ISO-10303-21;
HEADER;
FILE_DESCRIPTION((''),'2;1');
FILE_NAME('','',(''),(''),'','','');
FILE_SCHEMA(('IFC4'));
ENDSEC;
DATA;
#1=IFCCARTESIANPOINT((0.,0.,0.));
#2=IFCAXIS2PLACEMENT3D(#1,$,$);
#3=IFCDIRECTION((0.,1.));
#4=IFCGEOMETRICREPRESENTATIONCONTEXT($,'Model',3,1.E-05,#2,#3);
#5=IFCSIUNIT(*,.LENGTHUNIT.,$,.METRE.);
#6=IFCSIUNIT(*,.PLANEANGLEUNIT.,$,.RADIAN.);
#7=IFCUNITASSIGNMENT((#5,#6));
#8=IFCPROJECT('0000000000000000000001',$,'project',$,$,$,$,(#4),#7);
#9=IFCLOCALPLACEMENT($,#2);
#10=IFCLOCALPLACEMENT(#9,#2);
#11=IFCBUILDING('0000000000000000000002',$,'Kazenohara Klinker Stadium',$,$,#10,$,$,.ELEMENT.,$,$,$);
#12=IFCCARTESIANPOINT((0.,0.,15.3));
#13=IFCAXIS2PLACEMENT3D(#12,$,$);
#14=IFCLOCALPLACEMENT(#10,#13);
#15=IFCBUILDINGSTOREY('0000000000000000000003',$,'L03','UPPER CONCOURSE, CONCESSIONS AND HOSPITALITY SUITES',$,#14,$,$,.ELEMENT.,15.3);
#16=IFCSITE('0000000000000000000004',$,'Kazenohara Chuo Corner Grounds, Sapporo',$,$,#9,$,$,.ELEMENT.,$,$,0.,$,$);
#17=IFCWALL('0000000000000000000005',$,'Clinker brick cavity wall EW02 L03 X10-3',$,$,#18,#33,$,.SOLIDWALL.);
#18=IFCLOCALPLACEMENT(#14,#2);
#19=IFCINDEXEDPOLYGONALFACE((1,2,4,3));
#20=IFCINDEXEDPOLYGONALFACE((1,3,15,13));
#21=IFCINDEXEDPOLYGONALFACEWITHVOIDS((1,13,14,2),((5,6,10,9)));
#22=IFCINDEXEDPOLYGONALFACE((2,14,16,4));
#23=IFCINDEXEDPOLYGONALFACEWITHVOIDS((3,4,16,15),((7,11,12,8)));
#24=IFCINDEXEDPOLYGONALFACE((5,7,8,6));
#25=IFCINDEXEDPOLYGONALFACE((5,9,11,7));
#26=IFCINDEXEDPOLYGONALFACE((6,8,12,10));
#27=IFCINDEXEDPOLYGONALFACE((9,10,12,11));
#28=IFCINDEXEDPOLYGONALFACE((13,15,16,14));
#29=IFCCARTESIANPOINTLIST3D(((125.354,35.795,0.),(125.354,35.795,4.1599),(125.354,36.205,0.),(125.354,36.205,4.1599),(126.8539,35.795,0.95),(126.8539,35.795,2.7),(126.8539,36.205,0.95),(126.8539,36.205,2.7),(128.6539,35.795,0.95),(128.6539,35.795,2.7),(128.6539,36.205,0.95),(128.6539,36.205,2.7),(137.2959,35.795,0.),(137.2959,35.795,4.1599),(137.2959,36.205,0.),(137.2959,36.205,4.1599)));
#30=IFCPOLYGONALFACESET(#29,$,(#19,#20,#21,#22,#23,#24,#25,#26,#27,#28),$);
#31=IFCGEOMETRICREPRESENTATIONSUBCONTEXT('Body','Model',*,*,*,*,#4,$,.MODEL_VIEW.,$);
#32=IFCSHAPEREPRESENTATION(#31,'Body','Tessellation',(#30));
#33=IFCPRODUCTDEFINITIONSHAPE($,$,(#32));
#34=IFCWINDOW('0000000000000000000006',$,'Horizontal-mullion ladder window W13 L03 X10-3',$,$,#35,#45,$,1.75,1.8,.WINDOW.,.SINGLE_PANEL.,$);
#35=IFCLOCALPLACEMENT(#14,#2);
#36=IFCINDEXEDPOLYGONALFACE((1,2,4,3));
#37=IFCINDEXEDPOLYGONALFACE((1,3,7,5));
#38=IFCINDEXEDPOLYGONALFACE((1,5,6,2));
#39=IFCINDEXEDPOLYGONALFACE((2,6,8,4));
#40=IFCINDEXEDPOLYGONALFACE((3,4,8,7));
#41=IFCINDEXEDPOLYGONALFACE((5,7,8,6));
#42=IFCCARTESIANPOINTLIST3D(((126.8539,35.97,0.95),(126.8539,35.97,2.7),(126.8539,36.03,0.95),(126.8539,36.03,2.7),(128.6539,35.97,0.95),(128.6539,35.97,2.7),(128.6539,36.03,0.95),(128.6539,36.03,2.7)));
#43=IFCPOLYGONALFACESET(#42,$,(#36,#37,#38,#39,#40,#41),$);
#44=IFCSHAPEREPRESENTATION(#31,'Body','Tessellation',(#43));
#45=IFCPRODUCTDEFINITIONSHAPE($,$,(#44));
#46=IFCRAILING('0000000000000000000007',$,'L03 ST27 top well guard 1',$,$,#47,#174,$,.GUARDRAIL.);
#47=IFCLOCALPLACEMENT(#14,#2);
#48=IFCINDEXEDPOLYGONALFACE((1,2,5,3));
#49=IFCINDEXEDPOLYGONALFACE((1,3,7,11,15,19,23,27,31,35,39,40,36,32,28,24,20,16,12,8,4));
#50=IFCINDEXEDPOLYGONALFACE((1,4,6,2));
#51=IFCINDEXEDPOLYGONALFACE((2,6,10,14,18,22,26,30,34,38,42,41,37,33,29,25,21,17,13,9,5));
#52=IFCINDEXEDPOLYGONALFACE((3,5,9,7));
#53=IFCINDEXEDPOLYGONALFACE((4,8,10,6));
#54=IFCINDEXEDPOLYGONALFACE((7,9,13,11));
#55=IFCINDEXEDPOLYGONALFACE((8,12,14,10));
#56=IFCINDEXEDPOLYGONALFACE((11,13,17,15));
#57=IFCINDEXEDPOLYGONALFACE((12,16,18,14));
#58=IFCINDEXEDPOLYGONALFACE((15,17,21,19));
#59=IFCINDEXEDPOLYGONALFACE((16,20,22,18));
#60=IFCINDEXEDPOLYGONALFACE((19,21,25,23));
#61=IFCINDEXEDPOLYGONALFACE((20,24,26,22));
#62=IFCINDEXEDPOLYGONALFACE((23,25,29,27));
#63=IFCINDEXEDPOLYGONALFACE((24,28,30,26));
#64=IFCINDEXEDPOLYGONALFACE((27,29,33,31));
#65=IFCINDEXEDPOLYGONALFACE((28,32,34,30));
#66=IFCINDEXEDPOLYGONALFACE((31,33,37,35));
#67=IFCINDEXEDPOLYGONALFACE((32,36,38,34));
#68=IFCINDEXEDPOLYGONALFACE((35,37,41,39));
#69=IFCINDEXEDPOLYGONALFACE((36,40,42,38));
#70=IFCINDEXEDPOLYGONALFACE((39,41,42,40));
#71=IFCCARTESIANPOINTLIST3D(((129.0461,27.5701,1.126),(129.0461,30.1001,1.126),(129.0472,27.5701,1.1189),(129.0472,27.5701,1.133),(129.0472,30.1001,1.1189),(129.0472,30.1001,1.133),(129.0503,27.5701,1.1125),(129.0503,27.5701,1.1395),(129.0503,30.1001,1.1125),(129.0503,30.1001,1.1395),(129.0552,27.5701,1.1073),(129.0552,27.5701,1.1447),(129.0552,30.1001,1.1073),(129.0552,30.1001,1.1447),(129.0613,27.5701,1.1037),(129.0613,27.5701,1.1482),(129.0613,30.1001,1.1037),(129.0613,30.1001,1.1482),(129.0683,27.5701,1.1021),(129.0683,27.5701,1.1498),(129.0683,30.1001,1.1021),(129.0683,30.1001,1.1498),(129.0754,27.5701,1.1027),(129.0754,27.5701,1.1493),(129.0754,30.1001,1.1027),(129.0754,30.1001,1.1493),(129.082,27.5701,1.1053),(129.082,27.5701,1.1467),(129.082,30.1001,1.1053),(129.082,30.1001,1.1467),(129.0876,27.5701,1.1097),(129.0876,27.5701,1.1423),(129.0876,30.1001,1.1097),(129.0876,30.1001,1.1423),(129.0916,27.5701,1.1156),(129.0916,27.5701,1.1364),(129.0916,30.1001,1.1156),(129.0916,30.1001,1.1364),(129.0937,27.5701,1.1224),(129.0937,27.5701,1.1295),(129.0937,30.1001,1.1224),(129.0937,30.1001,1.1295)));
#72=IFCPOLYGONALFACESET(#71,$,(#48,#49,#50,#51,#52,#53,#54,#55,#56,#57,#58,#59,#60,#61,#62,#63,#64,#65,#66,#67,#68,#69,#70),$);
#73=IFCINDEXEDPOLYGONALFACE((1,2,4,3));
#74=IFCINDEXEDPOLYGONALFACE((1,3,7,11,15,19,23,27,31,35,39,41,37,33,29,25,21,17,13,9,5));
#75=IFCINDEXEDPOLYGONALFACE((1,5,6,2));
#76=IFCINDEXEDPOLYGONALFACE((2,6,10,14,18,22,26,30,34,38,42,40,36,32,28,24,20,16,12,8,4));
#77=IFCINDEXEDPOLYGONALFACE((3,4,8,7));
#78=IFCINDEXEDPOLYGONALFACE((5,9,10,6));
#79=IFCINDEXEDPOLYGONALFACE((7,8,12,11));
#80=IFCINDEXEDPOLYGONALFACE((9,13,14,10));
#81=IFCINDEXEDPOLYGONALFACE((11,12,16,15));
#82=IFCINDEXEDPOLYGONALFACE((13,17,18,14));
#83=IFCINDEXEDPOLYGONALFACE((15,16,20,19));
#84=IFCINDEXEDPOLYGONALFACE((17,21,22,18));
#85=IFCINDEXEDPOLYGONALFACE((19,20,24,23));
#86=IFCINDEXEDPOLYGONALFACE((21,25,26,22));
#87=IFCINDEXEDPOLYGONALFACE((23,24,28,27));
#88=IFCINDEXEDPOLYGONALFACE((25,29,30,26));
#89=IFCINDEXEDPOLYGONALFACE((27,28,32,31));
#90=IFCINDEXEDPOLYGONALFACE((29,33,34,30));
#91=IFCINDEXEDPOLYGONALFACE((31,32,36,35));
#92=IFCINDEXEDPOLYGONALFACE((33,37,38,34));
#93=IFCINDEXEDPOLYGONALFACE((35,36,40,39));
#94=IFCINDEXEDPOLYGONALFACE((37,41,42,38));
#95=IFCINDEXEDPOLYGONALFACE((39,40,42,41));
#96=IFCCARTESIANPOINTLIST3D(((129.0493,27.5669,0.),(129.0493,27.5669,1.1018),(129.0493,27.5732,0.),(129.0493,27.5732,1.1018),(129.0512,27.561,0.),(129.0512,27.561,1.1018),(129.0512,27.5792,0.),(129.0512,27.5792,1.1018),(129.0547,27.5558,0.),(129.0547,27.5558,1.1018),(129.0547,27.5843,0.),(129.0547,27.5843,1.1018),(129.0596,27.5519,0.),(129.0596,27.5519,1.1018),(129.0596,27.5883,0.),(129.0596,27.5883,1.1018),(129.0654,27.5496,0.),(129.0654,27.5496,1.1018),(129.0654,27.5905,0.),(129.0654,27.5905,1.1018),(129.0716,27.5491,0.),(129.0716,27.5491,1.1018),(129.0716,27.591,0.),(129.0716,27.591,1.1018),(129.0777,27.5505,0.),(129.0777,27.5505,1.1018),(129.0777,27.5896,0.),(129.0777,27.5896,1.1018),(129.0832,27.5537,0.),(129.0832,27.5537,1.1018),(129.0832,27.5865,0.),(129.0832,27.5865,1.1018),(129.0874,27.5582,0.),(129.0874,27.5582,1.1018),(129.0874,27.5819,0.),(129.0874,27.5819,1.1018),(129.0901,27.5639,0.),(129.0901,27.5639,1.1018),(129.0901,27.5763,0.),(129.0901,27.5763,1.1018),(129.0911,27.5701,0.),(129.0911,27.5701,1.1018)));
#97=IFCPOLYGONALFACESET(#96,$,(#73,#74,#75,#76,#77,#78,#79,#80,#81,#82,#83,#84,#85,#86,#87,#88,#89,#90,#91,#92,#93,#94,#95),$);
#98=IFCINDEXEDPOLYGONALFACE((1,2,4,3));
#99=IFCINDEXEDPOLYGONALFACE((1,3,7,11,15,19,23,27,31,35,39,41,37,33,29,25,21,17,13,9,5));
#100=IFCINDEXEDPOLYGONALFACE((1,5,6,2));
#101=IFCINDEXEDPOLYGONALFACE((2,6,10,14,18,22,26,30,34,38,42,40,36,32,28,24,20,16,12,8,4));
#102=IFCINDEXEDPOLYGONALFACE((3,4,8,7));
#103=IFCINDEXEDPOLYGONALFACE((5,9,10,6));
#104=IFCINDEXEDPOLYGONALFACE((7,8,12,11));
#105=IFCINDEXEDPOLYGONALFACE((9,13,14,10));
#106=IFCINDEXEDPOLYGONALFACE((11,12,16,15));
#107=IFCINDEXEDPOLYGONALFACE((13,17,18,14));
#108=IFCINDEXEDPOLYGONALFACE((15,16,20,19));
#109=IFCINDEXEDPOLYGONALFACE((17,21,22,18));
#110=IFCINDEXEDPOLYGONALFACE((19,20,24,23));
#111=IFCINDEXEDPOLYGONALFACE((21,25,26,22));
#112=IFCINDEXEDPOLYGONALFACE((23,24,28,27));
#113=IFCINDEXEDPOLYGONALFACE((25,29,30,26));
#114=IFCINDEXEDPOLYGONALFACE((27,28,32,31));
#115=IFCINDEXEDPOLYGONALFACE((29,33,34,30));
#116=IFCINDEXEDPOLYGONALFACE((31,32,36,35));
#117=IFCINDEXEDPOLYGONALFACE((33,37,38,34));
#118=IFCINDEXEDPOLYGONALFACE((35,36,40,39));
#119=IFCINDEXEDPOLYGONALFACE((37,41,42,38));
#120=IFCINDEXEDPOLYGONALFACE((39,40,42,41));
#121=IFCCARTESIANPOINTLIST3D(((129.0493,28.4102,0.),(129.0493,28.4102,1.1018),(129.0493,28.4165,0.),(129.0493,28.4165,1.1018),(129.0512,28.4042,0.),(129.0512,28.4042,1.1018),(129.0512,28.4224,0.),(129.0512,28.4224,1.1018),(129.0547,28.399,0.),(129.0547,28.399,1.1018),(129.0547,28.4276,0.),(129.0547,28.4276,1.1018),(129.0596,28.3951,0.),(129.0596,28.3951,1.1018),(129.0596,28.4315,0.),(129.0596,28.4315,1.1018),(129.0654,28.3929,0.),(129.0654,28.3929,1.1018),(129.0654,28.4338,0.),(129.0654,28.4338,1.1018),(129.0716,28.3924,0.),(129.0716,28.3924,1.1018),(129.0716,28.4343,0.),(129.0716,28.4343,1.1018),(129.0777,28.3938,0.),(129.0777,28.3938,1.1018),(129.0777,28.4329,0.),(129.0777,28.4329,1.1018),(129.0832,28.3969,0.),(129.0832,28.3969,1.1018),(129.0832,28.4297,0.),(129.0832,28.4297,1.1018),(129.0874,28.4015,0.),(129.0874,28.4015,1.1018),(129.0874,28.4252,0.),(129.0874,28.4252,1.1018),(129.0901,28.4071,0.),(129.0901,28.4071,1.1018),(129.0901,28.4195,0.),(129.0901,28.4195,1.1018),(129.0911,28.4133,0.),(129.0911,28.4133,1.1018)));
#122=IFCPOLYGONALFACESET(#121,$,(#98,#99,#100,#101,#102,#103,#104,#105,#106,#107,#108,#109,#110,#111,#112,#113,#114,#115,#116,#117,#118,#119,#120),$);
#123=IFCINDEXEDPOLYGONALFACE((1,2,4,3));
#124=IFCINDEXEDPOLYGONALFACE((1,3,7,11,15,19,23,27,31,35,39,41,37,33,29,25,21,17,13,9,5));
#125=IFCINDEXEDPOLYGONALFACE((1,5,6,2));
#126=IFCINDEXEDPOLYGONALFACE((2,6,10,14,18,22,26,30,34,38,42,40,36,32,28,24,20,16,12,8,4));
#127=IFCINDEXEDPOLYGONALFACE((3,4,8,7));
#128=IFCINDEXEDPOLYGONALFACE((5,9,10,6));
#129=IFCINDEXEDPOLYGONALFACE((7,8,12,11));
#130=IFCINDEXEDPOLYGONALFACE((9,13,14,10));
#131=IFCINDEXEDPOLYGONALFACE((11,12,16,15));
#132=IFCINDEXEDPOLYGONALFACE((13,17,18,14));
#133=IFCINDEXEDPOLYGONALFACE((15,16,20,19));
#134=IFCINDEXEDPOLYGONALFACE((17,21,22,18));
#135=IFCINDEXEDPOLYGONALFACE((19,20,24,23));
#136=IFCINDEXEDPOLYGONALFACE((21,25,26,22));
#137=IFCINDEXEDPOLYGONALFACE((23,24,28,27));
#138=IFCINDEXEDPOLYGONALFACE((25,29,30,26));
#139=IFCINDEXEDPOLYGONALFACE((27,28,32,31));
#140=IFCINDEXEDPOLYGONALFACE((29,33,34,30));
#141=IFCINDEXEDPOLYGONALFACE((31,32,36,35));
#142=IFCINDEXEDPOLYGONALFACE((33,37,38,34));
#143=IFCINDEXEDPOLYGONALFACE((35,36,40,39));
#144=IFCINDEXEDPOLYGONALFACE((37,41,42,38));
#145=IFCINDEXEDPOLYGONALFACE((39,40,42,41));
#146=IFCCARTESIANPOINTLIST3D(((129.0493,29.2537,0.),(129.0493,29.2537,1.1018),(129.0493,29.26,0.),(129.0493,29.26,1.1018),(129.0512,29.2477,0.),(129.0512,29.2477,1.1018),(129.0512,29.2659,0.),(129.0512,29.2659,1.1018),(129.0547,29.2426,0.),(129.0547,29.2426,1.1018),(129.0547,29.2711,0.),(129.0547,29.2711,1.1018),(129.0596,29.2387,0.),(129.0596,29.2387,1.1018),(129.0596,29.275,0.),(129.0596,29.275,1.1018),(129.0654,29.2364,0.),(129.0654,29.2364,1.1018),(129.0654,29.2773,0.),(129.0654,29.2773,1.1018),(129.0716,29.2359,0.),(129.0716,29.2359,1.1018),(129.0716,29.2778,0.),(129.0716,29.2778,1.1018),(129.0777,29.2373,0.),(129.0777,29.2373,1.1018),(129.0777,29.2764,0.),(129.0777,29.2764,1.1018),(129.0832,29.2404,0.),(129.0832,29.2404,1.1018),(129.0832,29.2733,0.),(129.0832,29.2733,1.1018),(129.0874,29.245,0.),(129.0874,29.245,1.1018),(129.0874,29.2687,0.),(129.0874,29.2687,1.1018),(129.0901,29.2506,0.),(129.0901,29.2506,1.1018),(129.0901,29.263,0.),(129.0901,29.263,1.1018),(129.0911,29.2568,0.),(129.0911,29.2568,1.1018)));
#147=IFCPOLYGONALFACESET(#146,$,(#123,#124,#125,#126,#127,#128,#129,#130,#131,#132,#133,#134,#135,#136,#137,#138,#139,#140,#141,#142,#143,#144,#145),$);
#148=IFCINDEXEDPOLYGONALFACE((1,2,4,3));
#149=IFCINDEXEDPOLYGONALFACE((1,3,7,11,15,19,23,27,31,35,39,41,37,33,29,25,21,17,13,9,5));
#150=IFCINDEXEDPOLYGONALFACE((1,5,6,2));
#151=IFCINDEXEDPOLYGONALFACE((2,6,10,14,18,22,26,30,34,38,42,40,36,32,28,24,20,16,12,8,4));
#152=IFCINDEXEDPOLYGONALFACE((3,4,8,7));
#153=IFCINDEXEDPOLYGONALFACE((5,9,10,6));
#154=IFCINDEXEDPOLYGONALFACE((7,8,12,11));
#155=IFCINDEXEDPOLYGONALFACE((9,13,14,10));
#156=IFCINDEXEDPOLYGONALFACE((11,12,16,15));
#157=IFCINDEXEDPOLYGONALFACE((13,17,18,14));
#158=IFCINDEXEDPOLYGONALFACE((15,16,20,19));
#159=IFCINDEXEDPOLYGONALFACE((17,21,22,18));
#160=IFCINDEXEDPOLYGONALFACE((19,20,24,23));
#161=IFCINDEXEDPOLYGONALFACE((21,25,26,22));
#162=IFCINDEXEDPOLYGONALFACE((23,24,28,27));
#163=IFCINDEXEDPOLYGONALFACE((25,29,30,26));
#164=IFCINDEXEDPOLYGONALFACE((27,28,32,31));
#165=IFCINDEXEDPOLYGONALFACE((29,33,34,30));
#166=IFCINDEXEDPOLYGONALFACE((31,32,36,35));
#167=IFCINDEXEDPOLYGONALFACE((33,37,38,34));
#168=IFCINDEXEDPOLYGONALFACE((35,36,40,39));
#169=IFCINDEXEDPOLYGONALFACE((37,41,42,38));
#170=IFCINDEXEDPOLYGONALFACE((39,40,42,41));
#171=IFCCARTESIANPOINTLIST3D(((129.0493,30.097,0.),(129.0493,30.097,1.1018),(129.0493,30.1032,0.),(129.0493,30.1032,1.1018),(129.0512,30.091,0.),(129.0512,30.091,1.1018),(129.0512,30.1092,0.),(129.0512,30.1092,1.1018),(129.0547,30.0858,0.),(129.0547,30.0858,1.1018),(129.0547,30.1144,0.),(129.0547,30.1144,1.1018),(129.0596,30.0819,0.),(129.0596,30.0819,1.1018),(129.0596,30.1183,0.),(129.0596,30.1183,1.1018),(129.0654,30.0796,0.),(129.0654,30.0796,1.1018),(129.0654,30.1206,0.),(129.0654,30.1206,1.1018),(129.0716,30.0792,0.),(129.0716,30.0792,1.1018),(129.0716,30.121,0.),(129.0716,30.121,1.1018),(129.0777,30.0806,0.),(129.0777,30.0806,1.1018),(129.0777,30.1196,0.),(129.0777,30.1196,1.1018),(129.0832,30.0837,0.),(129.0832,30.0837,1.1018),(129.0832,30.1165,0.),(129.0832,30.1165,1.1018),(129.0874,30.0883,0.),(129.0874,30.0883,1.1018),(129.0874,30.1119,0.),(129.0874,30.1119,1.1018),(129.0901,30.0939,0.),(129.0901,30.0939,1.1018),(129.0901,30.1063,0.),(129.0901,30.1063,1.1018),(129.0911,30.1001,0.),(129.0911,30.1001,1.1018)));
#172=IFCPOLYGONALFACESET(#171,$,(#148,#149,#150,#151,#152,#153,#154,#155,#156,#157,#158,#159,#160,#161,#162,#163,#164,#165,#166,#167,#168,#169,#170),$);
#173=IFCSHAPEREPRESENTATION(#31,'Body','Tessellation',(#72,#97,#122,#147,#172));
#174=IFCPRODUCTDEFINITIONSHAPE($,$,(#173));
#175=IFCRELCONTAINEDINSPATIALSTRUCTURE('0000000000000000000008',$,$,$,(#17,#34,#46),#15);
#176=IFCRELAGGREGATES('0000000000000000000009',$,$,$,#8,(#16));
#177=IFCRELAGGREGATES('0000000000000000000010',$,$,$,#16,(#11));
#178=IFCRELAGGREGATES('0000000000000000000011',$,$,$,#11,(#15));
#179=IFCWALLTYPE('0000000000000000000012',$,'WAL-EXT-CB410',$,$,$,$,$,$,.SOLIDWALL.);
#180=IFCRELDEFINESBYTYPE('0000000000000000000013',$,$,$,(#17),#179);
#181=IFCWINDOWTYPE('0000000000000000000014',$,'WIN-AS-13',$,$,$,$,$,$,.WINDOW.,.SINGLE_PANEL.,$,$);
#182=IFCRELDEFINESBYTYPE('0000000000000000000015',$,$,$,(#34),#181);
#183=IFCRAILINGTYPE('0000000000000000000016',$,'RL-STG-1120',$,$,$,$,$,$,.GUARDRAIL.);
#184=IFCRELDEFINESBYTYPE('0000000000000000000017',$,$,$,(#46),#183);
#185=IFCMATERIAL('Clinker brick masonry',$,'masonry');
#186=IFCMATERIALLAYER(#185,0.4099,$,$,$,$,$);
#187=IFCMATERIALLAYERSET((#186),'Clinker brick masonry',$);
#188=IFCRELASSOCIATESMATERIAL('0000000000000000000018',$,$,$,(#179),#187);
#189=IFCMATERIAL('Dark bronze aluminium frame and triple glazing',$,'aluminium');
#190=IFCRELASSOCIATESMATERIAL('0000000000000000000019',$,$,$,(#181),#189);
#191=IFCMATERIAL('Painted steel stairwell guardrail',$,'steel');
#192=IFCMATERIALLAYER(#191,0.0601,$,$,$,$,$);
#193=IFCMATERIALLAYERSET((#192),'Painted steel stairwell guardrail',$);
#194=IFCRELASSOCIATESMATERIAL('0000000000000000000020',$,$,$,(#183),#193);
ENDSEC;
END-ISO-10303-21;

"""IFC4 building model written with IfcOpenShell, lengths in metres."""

from ifc_helpers import new_model, si_unit, direction, frame, frame_2d, origin, origin_2d, place, context, subcontext, project, spatial, rectangle, circle, extrude, material, layer, layer_set, type_object, element, fill, save


model = new_model("IFC4")

# Units and contexts
model_context = context("Model", 3, precision=1e-05, world=origin(), true_north=direction((0.0, 1.0)))
body_context = subcontext(model_context, "Body", "Model", "MODEL_VIEW")
ifc_project = project(units=[si_unit("LENGTHUNIT", "METRE"), si_unit("PLANEANGLEUNIT", "RADIAN")], contexts=[model_context])

# Site, building, storey
site_placement = place(None, origin())
site = spatial("IfcSite", under=ifc_project, at=site_placement, Name="Kazenohara Chuo Corner Grounds, Sapporo", CompositionType="ELEMENT", RefElevation=0.0)
building_placement = place(site_placement, origin())
building = spatial("IfcBuilding", under=site, at=building_placement, Name="Kazenohara Klinker Stadium", CompositionType="ELEMENT")
storey_placement = place(building_placement, frame((0.0, 0.0, 15.3)))
storey = spatial("IfcBuildingStorey", under=building, at=storey_placement, Name="L03", Description="UPPER CONCOURSE, CONCESSIONS AND HOSPITALITY SUITES", CompositionType="ELEMENT", Elevation=15.3)

# Wall, opening, window
ifc_material_1 = material(Name="Clinker brick masonry", Category="masonry")
ifc_layer_1 = layer(ifc_material_1, 0.4099)
ifc_layer_set_1 = layer_set([ifc_layer_1], Name="Clinker brick masonry")
wall_type_1 = type_object("IfcWallType", Name="WAL-EXT-CB410", PredefinedType="SOLIDWALL", material=ifc_layer_set_1)
wall_1_placement = place(storey_placement, frame((125.354, 36.0, 0.0), z_axis=(0.0, 0.0, 1.0), x_axis=(1.0, 0.0, 0.0)))
wall_1 = element("IfcWall", 1, at=wall_1_placement, inside=storey, type_object=wall_type_1, Name="Clinker brick cavity wall EW02 L03 X10-3", PredefinedType="SOLIDWALL", context=body_context, shape_type="SweptSolid", body=[
    extrude(rectangle(XDim=11.9419, YDim=0.4099, at=frame_2d((5.9709, 0.0))), origin(), (0.0, 0.0, 1.0), 4.1599),
])
opening_1_placement = place(wall_1_placement, frame((1.5, 0.0, 0.95)))
opening_1 = element("IfcOpeningElement", 2, at=opening_1_placement, cuts=wall_1, PredefinedType="OPENING", context=body_context, shape_type="SweptSolid", body=[
    extrude(rectangle(XDim=1.8, YDim=1.75, at=frame_2d((0.8999, 0.875))), frame((0.0, 0.2148, 0.0), z_axis=(0.0, -1.0, 0.0), x_axis=(1.0, 0.0, 0.0)), (0.0, 0.0, 1.0), 0.4299),
])
ifc_material_2 = material(Name="Dark bronze aluminium frame and triple glazing", Category="aluminium")
window_type = type_object("IfcWindowType", Name="WIN-AS-13", PartitioningType="SINGLE_PANEL", PredefinedType="WINDOW", material=ifc_material_2)
window_placement = place(opening_1_placement, origin())
window = element("IfcWindow", 3, at=window_placement, inside=storey, type_object=window_type, Name="Horizontal-mullion ladder window W13 L03 X10-3", OverallHeight=1.75, OverallWidth=1.8, PartitioningType="SINGLE_PANEL", PredefinedType="WINDOW", context=body_context, shape_type="SweptSolid", body=[
    extrude(rectangle(XDim=1.8, YDim=1.75, at=frame_2d((0.8999, 0.875))), frame((0.0, 0.03, 0.0), z_axis=(0.0, -1.0, 0.0), x_axis=(1.0, 0.0, 0.0)), (0.0, 0.0, 1.0), 0.0601),
])
fill(opening_1, window)

# Railing
ifc_material_3 = material(Name="Painted steel stairwell guardrail", Category="steel")
ifc_layer_2 = layer(ifc_material_3, 0.0601)
ifc_layer_set_2 = layer_set([ifc_layer_2], Name="Painted steel stairwell guardrail")
railing_type = type_object("IfcRailingType", Name="RL-STG-1120", PredefinedType="GUARDRAIL", material=ifc_layer_set_2)
railing_placement = place(storey_placement, frame((129.0701, 27.5701, 0.0)))
element("IfcRailing", 4, at=railing_placement, inside=storey, type_object=railing_type, Name="L03 ST27 top well guard 1", PredefinedType="GUARDRAIL", context=body_context, shape_type="SweptSolid", body=[
    extrude(circle(Radius=0.0239, at=origin_2d()), frame((0.0, 0.0, 1.126), z_axis=(0.0, 1.0, 0.0), x_axis=(-1.0, 0.0, 0.0)), (0.0, 0.0, 1.0), 2.53),
    extrude(circle(Radius=0.021, at=origin_2d()), origin(), (0.0, 0.0, 1.0), 1.1018),
    extrude(circle(Radius=0.021, at=origin_2d()), frame((0.0, 0.8433, 0.0)), (0.0, 0.0, 1.0), 1.1018),
    extrude(circle(Radius=0.021, at=origin_2d()), frame((0.0, 1.6868, 0.0)), (0.0, 0.0, 1.0), 1.1018),
    extrude(circle(Radius=0.021, at=origin_2d()), frame((0.0, 2.53, 0.0)), (0.0, 0.0, 1.0), 1.1018),
])

save(model, "model.ifc")
